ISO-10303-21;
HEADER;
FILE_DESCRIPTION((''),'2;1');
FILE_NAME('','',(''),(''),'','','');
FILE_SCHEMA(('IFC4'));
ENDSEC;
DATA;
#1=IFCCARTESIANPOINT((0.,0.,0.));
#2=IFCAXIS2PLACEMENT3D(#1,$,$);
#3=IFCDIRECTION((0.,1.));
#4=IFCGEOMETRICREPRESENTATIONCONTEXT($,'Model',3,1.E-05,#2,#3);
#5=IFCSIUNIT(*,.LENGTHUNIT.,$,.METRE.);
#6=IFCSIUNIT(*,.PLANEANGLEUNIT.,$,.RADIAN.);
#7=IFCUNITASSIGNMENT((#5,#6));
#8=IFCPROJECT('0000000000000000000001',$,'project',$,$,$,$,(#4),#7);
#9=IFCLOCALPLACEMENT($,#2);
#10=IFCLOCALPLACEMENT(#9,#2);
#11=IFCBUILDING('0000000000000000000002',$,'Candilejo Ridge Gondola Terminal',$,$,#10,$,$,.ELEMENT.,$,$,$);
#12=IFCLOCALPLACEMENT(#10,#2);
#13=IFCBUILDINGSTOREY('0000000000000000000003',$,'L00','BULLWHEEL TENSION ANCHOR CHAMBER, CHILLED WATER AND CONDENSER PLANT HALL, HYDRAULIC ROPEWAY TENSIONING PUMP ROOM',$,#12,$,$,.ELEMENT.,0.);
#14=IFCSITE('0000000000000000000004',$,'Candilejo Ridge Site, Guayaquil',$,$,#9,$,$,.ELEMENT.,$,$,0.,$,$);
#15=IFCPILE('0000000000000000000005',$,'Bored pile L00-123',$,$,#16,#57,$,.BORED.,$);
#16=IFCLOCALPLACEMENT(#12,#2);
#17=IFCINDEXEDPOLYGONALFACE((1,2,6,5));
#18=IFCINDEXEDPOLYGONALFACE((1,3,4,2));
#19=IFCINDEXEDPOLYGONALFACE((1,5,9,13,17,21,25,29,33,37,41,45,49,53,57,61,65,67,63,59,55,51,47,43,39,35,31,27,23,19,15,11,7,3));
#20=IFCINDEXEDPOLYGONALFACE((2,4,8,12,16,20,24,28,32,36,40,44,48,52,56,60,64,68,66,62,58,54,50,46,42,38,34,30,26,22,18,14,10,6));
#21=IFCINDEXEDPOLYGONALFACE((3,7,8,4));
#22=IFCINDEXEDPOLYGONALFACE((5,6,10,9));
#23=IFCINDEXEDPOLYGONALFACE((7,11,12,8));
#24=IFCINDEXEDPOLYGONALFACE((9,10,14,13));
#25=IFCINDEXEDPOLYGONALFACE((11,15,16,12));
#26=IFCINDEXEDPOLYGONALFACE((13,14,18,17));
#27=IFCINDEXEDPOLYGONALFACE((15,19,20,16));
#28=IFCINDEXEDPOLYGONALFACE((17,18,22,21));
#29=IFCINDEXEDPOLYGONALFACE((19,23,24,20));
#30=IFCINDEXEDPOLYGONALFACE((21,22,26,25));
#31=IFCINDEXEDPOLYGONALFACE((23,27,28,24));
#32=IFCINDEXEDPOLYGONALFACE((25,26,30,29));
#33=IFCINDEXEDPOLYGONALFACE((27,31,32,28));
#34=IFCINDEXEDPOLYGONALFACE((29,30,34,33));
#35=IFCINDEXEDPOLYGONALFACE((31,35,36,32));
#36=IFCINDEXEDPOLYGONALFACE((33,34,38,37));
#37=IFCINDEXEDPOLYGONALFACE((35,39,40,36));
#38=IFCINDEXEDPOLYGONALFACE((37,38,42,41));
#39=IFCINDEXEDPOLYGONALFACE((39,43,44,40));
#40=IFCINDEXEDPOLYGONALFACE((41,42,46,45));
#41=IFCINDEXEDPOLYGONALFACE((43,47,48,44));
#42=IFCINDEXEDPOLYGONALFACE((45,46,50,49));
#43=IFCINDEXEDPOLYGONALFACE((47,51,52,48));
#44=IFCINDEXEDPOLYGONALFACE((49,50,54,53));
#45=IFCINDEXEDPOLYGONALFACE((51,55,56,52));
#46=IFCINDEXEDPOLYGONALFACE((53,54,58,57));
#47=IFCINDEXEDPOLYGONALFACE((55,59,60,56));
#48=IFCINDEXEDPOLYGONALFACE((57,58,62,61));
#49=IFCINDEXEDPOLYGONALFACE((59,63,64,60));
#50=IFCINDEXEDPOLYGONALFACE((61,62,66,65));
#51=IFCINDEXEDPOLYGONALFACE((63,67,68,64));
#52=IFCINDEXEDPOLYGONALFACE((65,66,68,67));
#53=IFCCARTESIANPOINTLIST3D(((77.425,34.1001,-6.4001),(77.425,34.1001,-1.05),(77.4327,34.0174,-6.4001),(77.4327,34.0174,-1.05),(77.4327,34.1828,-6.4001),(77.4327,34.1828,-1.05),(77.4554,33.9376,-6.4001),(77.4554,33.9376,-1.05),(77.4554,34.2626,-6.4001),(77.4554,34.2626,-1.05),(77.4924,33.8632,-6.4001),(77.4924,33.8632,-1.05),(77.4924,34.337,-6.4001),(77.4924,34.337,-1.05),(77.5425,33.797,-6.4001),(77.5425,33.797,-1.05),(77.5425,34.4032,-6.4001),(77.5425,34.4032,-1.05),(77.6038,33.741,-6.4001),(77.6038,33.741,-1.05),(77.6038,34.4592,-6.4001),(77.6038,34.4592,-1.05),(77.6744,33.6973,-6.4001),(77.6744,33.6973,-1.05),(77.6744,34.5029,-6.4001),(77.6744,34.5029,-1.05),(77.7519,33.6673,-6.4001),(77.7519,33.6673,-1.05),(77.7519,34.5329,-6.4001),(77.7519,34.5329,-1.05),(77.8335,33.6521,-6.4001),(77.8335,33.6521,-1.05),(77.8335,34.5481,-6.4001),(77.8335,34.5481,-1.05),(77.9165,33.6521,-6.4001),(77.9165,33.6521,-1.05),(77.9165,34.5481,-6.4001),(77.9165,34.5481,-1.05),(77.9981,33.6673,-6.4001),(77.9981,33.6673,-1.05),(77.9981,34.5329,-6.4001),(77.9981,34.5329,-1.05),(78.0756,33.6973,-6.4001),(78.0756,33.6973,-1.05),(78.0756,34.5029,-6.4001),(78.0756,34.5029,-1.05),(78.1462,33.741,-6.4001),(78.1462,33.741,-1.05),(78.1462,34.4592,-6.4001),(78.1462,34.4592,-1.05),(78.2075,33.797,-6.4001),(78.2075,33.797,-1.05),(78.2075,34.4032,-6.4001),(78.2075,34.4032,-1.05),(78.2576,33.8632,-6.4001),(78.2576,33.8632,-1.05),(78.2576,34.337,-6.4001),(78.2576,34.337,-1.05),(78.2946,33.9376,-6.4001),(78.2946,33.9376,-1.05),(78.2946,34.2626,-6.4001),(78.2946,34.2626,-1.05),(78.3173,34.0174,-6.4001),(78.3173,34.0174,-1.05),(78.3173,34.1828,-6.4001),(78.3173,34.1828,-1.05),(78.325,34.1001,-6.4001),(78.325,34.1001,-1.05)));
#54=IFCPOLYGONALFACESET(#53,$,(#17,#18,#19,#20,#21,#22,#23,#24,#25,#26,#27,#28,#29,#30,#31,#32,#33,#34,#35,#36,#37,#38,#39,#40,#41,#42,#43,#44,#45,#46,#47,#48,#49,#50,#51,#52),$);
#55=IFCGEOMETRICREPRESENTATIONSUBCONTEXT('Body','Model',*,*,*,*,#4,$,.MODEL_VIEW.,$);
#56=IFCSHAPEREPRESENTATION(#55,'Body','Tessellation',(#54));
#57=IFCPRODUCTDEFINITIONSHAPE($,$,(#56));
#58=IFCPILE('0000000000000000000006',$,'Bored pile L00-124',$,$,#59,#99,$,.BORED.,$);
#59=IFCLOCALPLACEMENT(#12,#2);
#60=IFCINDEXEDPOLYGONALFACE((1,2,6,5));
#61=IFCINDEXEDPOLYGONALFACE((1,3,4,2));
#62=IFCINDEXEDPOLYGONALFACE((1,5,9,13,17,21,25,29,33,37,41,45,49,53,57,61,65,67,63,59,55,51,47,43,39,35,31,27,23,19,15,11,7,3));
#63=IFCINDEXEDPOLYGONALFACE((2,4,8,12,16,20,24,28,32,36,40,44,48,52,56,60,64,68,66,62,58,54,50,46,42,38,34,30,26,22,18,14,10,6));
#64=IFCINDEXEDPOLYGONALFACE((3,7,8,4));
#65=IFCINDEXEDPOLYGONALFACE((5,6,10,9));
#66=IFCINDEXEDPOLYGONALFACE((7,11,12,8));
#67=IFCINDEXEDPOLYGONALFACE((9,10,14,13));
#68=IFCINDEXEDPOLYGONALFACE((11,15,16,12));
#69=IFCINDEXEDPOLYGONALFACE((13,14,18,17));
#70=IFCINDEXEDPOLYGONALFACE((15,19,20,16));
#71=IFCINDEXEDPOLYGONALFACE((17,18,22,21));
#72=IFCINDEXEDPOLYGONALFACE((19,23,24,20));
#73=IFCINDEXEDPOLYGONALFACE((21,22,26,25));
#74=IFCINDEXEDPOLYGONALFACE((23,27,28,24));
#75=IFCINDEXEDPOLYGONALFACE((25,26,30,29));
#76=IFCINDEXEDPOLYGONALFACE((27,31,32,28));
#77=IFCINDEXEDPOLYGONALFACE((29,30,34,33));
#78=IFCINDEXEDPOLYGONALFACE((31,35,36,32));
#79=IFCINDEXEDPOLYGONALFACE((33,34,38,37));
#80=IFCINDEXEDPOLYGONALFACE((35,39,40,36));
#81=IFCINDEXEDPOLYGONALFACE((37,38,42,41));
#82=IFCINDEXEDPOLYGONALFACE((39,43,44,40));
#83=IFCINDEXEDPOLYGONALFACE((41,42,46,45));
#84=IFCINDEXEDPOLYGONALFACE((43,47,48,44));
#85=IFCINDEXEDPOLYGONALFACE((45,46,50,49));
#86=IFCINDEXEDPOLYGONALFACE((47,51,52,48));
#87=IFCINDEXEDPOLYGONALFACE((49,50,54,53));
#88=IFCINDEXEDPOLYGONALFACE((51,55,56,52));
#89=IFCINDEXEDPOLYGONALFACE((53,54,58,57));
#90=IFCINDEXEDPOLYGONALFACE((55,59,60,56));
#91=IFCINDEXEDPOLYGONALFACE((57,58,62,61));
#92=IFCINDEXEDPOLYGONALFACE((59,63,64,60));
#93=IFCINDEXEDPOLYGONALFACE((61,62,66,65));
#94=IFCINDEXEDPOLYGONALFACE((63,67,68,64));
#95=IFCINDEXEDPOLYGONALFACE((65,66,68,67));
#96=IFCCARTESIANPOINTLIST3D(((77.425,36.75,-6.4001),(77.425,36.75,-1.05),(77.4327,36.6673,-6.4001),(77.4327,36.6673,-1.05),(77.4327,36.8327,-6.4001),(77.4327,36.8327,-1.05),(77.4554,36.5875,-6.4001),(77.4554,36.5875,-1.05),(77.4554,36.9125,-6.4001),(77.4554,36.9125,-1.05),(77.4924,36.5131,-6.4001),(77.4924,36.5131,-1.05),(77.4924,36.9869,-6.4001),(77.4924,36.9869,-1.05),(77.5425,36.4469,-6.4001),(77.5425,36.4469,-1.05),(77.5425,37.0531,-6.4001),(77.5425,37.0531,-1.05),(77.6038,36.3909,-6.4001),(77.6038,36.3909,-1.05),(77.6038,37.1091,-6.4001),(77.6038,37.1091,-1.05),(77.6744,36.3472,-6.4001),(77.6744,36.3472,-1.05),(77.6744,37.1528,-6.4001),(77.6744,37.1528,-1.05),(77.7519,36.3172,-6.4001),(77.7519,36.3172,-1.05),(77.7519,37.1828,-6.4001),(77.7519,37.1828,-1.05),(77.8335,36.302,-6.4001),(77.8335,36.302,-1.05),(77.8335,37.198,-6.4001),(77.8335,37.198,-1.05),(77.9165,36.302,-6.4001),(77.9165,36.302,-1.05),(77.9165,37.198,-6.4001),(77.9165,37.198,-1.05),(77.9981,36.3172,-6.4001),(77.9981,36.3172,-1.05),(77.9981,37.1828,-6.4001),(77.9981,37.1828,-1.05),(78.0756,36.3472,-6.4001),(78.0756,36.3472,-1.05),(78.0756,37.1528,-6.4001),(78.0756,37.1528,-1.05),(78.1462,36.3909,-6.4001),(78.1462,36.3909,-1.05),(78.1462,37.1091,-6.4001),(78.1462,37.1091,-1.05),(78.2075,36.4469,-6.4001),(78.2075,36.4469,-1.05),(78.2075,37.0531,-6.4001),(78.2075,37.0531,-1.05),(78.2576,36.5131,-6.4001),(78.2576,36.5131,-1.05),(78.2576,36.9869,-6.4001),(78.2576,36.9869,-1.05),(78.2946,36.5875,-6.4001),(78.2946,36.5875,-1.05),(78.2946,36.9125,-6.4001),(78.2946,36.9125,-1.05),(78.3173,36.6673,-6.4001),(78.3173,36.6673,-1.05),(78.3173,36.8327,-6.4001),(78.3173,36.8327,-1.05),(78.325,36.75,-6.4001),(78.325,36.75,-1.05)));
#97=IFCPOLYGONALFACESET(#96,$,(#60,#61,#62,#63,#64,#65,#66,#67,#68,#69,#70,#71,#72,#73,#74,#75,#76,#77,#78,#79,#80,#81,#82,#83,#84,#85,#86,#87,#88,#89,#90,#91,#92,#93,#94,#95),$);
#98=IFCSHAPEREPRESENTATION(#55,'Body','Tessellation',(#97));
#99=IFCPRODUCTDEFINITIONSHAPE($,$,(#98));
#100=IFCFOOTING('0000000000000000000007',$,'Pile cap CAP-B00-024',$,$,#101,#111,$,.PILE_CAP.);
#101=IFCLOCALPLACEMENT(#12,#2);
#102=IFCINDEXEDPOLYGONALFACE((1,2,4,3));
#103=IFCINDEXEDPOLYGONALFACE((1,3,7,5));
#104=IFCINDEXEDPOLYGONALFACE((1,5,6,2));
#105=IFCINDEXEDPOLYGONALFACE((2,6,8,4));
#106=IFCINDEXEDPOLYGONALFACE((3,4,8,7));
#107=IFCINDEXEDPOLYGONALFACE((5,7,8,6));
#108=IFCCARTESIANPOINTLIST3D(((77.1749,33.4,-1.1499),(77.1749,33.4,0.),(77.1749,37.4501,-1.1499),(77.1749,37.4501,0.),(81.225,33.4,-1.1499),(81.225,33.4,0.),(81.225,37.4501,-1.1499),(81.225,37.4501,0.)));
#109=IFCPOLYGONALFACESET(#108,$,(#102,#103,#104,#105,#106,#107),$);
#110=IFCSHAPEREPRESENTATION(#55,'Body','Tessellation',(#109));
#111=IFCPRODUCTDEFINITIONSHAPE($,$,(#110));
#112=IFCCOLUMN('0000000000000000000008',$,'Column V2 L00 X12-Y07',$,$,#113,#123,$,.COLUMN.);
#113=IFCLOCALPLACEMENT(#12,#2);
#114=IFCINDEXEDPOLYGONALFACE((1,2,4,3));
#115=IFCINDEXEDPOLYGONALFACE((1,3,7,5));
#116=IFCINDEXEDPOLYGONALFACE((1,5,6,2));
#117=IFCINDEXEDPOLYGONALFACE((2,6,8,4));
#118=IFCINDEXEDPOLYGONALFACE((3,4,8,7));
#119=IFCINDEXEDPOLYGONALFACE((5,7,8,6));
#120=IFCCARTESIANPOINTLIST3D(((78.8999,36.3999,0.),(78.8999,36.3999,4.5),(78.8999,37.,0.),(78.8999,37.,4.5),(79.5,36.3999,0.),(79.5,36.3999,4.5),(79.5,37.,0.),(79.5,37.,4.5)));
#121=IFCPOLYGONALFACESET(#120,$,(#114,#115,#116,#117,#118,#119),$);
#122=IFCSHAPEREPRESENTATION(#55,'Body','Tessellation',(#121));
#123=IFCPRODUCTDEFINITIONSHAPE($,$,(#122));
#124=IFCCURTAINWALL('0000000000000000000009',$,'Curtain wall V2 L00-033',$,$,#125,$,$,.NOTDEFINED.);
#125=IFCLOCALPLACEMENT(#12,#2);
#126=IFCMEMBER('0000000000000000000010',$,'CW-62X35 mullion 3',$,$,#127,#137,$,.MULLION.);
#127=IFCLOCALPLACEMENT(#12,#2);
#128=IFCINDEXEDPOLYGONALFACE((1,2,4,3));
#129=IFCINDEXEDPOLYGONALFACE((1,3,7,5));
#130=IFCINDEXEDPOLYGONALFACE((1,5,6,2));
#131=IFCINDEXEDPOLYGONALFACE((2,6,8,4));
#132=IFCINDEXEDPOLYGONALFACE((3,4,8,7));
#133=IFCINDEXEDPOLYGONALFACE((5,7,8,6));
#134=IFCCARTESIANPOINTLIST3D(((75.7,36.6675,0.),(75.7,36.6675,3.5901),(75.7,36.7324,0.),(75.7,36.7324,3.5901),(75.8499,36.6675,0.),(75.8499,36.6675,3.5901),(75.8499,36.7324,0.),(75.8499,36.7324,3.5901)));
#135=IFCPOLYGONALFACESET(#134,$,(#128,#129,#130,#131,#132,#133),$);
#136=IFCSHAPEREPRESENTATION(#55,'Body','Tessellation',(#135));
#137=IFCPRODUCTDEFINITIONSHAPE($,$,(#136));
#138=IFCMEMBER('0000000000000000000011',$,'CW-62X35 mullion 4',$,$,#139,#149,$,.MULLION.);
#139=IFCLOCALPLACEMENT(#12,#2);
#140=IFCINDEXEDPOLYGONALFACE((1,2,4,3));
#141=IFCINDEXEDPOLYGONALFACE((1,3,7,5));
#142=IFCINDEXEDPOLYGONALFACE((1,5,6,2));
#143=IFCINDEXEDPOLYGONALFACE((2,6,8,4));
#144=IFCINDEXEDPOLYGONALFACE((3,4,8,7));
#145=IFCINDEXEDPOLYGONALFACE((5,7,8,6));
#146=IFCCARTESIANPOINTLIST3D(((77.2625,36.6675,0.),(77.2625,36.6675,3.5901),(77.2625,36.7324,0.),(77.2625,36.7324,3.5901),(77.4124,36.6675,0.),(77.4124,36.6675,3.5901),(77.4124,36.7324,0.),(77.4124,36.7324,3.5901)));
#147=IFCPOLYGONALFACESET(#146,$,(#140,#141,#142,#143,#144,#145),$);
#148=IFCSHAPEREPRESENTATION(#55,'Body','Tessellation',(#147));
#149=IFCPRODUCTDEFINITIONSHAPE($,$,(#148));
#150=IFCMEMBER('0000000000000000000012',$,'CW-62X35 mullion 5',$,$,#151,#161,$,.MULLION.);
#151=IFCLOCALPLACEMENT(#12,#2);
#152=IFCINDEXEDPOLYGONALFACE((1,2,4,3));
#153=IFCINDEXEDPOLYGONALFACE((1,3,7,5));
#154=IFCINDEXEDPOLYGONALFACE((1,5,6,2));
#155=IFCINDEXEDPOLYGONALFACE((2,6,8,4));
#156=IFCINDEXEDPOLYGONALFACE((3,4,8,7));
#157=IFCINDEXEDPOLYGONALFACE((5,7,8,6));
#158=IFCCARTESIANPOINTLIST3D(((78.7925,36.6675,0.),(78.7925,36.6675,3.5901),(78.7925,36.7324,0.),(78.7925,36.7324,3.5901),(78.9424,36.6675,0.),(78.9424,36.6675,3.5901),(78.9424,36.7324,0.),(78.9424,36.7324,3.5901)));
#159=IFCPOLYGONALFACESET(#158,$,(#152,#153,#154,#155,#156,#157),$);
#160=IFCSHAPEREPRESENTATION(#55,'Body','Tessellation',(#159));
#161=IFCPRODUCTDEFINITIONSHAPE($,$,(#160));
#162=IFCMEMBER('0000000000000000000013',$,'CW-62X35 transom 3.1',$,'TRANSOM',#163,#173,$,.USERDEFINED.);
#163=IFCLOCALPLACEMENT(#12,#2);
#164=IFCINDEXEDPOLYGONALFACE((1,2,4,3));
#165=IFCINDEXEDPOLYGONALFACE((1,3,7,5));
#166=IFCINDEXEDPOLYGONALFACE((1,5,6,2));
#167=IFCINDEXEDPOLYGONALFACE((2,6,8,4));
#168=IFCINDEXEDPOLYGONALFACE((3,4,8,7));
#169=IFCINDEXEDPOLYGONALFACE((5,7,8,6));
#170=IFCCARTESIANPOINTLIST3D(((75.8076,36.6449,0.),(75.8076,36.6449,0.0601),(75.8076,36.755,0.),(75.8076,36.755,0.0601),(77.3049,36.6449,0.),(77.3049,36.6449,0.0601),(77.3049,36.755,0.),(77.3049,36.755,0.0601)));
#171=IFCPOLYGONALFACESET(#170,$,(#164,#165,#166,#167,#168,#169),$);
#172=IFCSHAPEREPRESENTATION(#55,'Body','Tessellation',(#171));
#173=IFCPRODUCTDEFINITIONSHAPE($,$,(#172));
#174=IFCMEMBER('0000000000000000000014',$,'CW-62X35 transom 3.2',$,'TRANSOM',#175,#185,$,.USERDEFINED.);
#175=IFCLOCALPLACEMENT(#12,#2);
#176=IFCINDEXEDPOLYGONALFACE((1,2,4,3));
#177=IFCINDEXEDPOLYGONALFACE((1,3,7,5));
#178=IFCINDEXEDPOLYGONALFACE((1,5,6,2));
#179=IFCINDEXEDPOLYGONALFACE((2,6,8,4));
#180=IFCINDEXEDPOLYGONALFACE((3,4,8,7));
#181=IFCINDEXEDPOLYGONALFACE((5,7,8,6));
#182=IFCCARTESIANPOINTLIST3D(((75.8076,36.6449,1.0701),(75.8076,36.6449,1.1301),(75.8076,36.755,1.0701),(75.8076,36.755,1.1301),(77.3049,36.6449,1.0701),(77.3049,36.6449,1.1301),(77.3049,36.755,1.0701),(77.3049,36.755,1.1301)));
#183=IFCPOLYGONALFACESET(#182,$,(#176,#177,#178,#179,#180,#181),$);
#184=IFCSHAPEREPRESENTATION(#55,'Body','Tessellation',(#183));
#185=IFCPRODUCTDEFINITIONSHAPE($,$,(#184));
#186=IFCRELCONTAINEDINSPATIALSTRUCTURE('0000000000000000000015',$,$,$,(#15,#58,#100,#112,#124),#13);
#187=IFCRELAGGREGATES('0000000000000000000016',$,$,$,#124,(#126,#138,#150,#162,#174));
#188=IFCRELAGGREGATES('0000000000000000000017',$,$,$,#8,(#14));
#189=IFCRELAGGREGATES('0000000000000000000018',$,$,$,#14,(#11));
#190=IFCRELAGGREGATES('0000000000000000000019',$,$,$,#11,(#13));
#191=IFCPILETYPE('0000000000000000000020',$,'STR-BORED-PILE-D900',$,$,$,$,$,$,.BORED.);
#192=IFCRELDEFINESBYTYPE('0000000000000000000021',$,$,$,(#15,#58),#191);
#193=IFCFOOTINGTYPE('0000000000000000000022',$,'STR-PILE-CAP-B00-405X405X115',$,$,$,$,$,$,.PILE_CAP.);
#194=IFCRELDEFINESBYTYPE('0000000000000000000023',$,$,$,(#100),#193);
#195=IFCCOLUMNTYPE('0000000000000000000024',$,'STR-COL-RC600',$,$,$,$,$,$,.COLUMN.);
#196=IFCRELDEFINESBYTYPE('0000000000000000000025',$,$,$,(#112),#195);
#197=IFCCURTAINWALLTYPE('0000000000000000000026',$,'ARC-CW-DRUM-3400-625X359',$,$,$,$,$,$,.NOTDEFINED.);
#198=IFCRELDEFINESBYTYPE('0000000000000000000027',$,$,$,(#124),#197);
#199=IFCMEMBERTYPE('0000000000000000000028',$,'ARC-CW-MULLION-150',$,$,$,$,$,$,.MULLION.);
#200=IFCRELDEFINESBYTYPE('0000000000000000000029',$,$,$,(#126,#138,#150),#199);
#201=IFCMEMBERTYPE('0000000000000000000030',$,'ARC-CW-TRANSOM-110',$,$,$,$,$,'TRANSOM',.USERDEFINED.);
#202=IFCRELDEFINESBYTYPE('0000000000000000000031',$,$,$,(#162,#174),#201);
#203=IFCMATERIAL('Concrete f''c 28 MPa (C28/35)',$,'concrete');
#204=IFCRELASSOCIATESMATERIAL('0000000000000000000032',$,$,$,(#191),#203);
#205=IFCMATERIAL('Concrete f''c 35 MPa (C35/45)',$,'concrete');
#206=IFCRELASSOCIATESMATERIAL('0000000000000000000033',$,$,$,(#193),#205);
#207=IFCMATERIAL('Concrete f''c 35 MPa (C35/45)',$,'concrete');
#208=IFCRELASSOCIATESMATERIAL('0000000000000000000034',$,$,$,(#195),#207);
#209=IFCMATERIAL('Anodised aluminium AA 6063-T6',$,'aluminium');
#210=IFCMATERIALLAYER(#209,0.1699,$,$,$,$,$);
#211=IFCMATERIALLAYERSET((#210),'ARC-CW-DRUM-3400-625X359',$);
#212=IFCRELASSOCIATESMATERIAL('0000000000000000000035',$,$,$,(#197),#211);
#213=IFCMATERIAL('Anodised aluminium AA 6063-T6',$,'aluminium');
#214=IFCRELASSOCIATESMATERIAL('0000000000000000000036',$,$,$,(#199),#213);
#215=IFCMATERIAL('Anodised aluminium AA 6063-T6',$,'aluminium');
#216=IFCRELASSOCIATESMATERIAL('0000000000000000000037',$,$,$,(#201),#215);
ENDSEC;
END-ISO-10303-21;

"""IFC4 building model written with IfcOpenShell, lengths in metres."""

from ifc_helpers import new_model, si_unit, direction, frame, origin, origin_2d, place, context, subcontext, project, spatial, rectangle, circle, extrude, material, layer, layer_set, material_profile, profile_set, type_object, element, aggregate, save


model = new_model("IFC4")

# Units and contexts
model_context = context("Model", 3, precision=1e-05, world=origin(), true_north=direction((0.0, 1.0)))
body_context = subcontext(model_context, "Body", "Model", "MODEL_VIEW")
ifc_project = project(units=[si_unit("LENGTHUNIT", "METRE"), si_unit("PLANEANGLEUNIT", "RADIAN")], contexts=[model_context])

# Site, building, storey
site_placement = place(None, origin())
site = spatial("IfcSite", under=ifc_project, at=site_placement, Name="Candilejo Ridge Site, Guayaquil", CompositionType="ELEMENT", RefElevation=0.0)
building_placement = place(site_placement, origin())
building = spatial("IfcBuilding", under=site, at=building_placement, Name="Candilejo Ridge Gondola Terminal", CompositionType="ELEMENT")
storey_placement = place(building_placement, origin())
storey = spatial("IfcBuildingStorey", under=building, at=storey_placement, Name="L00", Description="BULLWHEEL TENSION ANCHOR CHAMBER, CHILLED WATER AND CONDENSER PLANT HALL, HYDRAULIC ROPEWAY TENSIONING PUMP ROOM", CompositionType="ELEMENT", Elevation=0.0)

# Piles
ifc_material_1 = material(Name="Concrete f'c 28 MPa (C28/35)", Category="concrete")
ifc_material_profile_1 = material_profile(ifc_material_1, circle(Radius=0.45, at=origin_2d()))
ifc_profile_set_1 = profile_set([ifc_material_profile_1], Name="Concrete f'c 28 MPa (C28/35)")
pile_type = type_object("IfcPileType", Name="STR-BORED-PILE-D900", PredefinedType="BORED", material=ifc_profile_set_1)
for number, where, z_axis, x_axis, name in (
    (1, (77.875, 34.1001, -1.05), (0.0, 0.0, -1.0), (1.0, 0.0, 0.0), "Bored pile L00-123"),
    (2, (77.875, 36.75, -1.05), (0.0, 0.0, -1.0), (1.0, 0.0, 0.0), "Bored pile L00-124"),
):
    element("IfcPile", number, at=place(storey_placement, frame(where, z_axis=z_axis, x_axis=x_axis)), inside=storey, type_object=pile_type, Name=name, PredefinedType="BORED", context=body_context, shape_type="SweptSolid", body=[
        extrude(circle(Radius=0.45, at=origin_2d()), origin(), (0.0, 0.0, 1.0), 5.3501),
    ])

# Footing
ifc_material_2 = material(Name="Concrete f'c 35 MPa (C35/45)", Category="concrete")
footing_type = type_object("IfcFootingType", Name="STR-PILE-CAP-B00-405X405X115", PredefinedType="PILE_CAP", material=ifc_material_2)
footing_placement = place(storey_placement, frame((79.2, 35.425, -1.1499), z_axis=(0.0, 0.0, 1.0), x_axis=(1.0, 0.0, 0.0)))
element("IfcFooting", 3, at=footing_placement, inside=storey, type_object=footing_type, Name="Pile cap CAP-B00-024", PredefinedType="PILE_CAP", context=body_context, shape_type="SweptSolid", body=[
    extrude(rectangle(XDim=4.05, YDim=4.05, at=origin_2d()), origin(), (0.0, 0.0, 1.0), 1.1499),
])

# Column
ifc_material_3 = material(Name="Concrete f'c 35 MPa (C35/45)", Category="concrete")
ifc_material_profile_2 = material_profile(ifc_material_3, rectangle(XDim=0.6001, YDim=0.6001, at=origin_2d()))
ifc_profile_set_2 = profile_set([ifc_material_profile_2], Name="Concrete f'c 35 MPa (C35/45)")
column_type = type_object("IfcColumnType", Name="STR-COL-RC600", PredefinedType="COLUMN", material=ifc_profile_set_2)
column_placement = place(storey_placement, frame((79.2, 36.7, 0.0), z_axis=(0.0, 0.0, 1.0), x_axis=(1.0, 0.0, 0.0)))
element("IfcColumn", 4, at=column_placement, inside=storey, type_object=column_type, Name="Column V2 L00 X12-Y07", PredefinedType="COLUMN", context=body_context, shape_type="SweptSolid", body=[
    extrude(rectangle(XDim=0.6001, YDim=0.6001, at=origin_2d()), origin(), (0.0, 0.0, 1.0), 4.5),
])

# Curtain wall, members
ifc_material_4 = material(Name="Anodised aluminium AA 6063-T6", Category="aluminium")
ifc_layer_1 = layer(ifc_material_4, 0.1699)
ifc_layer_set_1 = layer_set([ifc_layer_1], Name="ARC-CW-DRUM-3400-625X359")
curtain_wall_type = type_object("IfcCurtainWallType", Name="ARC-CW-DRUM-3400-625X359", PredefinedType="NOTDEFINED", material=ifc_layer_set_1)
curtain_wall_placement = place(storey_placement, origin())
curtain_wall = element("IfcCurtainWall", 5, at=curtain_wall_placement, inside=storey, type_object=curtain_wall_type, Name="Curtain wall V2 L00-033", PredefinedType="NOTDEFINED")
ifc_material_5 = material(Name="Anodised aluminium AA 6063-T6", Category="aluminium")
ifc_material_profile_3 = material_profile(ifc_material_5, rectangle(XDim=0.0649, YDim=0.1499, at=origin_2d()))
ifc_profile_set_3 = profile_set([ifc_material_profile_3], Name="Anodised aluminium AA 6063-T6")
member_type_1 = type_object("IfcMemberType", Name="ARC-CW-MULLION-150", PredefinedType="MULLION", material=ifc_profile_set_3)
member_1_placement = place(storey_placement, frame((75.7749, 36.7, 0.0), z_axis=(0.0, 0.0, 1.0), x_axis=(0.0, 1.0, 0.0)))
member_1 = element("IfcMember", 6, at=member_1_placement, type_object=member_type_1, Name="CW-62X35 mullion 3", PredefinedType="MULLION", context=body_context, shape_type="SweptSolid", body=[
    extrude(rectangle(XDim=0.0649, YDim=0.1499, at=origin_2d()), origin(), (0.0, 0.0, 1.0), 3.5901),
])
member_2_placement = place(storey_placement, frame((77.3374, 36.7, 0.0), z_axis=(0.0, 0.0, 1.0), x_axis=(0.0, 1.0, 0.0)))
member_2 = element("IfcMember", 7, at=member_2_placement, type_object=member_type_1, Name="CW-62X35 mullion 4", PredefinedType="MULLION", context=body_context, shape_type="SweptSolid", body=[
    extrude(rectangle(XDim=0.0649, YDim=0.1499, at=origin_2d()), origin(), (0.0, 0.0, 1.0), 3.5901),
])
member_3_placement = place(storey_placement, frame((78.8674, 36.7, 0.0), z_axis=(0.0, 0.0, 1.0), x_axis=(0.0, 1.0, 0.0)))
member_3 = element("IfcMember", 8, at=member_3_placement, type_object=member_type_1, Name="CW-62X35 mullion 5", PredefinedType="MULLION", context=body_context, shape_type="SweptSolid", body=[
    extrude(rectangle(XDim=0.0649, YDim=0.1499, at=origin_2d()), origin(), (0.0, 0.0, 1.0), 3.5901),
])
ifc_material_6 = material(Name="Anodised aluminium AA 6063-T6", Category="aluminium")
ifc_material_profile_4 = material_profile(ifc_material_6, rectangle(XDim=0.1101, YDim=0.0601, at=origin_2d()))
ifc_profile_set_4 = profile_set([ifc_material_profile_4], Name="Anodised aluminium AA 6063-T6")
member_type_2 = type_object("IfcMemberType", Name="ARC-CW-TRANSOM-110", ElementType="TRANSOM", PredefinedType="USERDEFINED", material=ifc_profile_set_4)
member_4_placement = place(storey_placement, frame((75.8076, 36.7, 0.03), z_axis=(1.0, 0.0, 0.0), x_axis=(0.0, 1.0, 0.0)))
member_4 = element("IfcMember", 9, at=member_4_placement, type_object=member_type_2, Name="CW-62X35 transom 3.1", ObjectType="TRANSOM", PredefinedType="USERDEFINED", context=body_context, shape_type="SweptSolid", body=[
    extrude(rectangle(XDim=0.1101, YDim=0.0601, at=origin_2d()), origin(), (0.0, 0.0, 1.0), 1.4973),
])
member_5_placement = place(storey_placement, frame((75.8076, 36.7, 1.1001), z_axis=(1.0, 0.0, 0.0), x_axis=(0.0, 1.0, 0.0)))
member_5 = element("IfcMember", 10, at=member_5_placement, type_object=member_type_2, Name="CW-62X35 transom 3.2", ObjectType="TRANSOM", PredefinedType="USERDEFINED", context=body_context, shape_type="SweptSolid", body=[
    extrude(rectangle(XDim=0.1101, YDim=0.0601, at=origin_2d()), origin(), (0.0, 0.0, 1.0), 1.4973),
])

aggregate(curtain_wall, [member_1, member_2, member_3, member_4, member_5])

save(model, "model.ifc")
